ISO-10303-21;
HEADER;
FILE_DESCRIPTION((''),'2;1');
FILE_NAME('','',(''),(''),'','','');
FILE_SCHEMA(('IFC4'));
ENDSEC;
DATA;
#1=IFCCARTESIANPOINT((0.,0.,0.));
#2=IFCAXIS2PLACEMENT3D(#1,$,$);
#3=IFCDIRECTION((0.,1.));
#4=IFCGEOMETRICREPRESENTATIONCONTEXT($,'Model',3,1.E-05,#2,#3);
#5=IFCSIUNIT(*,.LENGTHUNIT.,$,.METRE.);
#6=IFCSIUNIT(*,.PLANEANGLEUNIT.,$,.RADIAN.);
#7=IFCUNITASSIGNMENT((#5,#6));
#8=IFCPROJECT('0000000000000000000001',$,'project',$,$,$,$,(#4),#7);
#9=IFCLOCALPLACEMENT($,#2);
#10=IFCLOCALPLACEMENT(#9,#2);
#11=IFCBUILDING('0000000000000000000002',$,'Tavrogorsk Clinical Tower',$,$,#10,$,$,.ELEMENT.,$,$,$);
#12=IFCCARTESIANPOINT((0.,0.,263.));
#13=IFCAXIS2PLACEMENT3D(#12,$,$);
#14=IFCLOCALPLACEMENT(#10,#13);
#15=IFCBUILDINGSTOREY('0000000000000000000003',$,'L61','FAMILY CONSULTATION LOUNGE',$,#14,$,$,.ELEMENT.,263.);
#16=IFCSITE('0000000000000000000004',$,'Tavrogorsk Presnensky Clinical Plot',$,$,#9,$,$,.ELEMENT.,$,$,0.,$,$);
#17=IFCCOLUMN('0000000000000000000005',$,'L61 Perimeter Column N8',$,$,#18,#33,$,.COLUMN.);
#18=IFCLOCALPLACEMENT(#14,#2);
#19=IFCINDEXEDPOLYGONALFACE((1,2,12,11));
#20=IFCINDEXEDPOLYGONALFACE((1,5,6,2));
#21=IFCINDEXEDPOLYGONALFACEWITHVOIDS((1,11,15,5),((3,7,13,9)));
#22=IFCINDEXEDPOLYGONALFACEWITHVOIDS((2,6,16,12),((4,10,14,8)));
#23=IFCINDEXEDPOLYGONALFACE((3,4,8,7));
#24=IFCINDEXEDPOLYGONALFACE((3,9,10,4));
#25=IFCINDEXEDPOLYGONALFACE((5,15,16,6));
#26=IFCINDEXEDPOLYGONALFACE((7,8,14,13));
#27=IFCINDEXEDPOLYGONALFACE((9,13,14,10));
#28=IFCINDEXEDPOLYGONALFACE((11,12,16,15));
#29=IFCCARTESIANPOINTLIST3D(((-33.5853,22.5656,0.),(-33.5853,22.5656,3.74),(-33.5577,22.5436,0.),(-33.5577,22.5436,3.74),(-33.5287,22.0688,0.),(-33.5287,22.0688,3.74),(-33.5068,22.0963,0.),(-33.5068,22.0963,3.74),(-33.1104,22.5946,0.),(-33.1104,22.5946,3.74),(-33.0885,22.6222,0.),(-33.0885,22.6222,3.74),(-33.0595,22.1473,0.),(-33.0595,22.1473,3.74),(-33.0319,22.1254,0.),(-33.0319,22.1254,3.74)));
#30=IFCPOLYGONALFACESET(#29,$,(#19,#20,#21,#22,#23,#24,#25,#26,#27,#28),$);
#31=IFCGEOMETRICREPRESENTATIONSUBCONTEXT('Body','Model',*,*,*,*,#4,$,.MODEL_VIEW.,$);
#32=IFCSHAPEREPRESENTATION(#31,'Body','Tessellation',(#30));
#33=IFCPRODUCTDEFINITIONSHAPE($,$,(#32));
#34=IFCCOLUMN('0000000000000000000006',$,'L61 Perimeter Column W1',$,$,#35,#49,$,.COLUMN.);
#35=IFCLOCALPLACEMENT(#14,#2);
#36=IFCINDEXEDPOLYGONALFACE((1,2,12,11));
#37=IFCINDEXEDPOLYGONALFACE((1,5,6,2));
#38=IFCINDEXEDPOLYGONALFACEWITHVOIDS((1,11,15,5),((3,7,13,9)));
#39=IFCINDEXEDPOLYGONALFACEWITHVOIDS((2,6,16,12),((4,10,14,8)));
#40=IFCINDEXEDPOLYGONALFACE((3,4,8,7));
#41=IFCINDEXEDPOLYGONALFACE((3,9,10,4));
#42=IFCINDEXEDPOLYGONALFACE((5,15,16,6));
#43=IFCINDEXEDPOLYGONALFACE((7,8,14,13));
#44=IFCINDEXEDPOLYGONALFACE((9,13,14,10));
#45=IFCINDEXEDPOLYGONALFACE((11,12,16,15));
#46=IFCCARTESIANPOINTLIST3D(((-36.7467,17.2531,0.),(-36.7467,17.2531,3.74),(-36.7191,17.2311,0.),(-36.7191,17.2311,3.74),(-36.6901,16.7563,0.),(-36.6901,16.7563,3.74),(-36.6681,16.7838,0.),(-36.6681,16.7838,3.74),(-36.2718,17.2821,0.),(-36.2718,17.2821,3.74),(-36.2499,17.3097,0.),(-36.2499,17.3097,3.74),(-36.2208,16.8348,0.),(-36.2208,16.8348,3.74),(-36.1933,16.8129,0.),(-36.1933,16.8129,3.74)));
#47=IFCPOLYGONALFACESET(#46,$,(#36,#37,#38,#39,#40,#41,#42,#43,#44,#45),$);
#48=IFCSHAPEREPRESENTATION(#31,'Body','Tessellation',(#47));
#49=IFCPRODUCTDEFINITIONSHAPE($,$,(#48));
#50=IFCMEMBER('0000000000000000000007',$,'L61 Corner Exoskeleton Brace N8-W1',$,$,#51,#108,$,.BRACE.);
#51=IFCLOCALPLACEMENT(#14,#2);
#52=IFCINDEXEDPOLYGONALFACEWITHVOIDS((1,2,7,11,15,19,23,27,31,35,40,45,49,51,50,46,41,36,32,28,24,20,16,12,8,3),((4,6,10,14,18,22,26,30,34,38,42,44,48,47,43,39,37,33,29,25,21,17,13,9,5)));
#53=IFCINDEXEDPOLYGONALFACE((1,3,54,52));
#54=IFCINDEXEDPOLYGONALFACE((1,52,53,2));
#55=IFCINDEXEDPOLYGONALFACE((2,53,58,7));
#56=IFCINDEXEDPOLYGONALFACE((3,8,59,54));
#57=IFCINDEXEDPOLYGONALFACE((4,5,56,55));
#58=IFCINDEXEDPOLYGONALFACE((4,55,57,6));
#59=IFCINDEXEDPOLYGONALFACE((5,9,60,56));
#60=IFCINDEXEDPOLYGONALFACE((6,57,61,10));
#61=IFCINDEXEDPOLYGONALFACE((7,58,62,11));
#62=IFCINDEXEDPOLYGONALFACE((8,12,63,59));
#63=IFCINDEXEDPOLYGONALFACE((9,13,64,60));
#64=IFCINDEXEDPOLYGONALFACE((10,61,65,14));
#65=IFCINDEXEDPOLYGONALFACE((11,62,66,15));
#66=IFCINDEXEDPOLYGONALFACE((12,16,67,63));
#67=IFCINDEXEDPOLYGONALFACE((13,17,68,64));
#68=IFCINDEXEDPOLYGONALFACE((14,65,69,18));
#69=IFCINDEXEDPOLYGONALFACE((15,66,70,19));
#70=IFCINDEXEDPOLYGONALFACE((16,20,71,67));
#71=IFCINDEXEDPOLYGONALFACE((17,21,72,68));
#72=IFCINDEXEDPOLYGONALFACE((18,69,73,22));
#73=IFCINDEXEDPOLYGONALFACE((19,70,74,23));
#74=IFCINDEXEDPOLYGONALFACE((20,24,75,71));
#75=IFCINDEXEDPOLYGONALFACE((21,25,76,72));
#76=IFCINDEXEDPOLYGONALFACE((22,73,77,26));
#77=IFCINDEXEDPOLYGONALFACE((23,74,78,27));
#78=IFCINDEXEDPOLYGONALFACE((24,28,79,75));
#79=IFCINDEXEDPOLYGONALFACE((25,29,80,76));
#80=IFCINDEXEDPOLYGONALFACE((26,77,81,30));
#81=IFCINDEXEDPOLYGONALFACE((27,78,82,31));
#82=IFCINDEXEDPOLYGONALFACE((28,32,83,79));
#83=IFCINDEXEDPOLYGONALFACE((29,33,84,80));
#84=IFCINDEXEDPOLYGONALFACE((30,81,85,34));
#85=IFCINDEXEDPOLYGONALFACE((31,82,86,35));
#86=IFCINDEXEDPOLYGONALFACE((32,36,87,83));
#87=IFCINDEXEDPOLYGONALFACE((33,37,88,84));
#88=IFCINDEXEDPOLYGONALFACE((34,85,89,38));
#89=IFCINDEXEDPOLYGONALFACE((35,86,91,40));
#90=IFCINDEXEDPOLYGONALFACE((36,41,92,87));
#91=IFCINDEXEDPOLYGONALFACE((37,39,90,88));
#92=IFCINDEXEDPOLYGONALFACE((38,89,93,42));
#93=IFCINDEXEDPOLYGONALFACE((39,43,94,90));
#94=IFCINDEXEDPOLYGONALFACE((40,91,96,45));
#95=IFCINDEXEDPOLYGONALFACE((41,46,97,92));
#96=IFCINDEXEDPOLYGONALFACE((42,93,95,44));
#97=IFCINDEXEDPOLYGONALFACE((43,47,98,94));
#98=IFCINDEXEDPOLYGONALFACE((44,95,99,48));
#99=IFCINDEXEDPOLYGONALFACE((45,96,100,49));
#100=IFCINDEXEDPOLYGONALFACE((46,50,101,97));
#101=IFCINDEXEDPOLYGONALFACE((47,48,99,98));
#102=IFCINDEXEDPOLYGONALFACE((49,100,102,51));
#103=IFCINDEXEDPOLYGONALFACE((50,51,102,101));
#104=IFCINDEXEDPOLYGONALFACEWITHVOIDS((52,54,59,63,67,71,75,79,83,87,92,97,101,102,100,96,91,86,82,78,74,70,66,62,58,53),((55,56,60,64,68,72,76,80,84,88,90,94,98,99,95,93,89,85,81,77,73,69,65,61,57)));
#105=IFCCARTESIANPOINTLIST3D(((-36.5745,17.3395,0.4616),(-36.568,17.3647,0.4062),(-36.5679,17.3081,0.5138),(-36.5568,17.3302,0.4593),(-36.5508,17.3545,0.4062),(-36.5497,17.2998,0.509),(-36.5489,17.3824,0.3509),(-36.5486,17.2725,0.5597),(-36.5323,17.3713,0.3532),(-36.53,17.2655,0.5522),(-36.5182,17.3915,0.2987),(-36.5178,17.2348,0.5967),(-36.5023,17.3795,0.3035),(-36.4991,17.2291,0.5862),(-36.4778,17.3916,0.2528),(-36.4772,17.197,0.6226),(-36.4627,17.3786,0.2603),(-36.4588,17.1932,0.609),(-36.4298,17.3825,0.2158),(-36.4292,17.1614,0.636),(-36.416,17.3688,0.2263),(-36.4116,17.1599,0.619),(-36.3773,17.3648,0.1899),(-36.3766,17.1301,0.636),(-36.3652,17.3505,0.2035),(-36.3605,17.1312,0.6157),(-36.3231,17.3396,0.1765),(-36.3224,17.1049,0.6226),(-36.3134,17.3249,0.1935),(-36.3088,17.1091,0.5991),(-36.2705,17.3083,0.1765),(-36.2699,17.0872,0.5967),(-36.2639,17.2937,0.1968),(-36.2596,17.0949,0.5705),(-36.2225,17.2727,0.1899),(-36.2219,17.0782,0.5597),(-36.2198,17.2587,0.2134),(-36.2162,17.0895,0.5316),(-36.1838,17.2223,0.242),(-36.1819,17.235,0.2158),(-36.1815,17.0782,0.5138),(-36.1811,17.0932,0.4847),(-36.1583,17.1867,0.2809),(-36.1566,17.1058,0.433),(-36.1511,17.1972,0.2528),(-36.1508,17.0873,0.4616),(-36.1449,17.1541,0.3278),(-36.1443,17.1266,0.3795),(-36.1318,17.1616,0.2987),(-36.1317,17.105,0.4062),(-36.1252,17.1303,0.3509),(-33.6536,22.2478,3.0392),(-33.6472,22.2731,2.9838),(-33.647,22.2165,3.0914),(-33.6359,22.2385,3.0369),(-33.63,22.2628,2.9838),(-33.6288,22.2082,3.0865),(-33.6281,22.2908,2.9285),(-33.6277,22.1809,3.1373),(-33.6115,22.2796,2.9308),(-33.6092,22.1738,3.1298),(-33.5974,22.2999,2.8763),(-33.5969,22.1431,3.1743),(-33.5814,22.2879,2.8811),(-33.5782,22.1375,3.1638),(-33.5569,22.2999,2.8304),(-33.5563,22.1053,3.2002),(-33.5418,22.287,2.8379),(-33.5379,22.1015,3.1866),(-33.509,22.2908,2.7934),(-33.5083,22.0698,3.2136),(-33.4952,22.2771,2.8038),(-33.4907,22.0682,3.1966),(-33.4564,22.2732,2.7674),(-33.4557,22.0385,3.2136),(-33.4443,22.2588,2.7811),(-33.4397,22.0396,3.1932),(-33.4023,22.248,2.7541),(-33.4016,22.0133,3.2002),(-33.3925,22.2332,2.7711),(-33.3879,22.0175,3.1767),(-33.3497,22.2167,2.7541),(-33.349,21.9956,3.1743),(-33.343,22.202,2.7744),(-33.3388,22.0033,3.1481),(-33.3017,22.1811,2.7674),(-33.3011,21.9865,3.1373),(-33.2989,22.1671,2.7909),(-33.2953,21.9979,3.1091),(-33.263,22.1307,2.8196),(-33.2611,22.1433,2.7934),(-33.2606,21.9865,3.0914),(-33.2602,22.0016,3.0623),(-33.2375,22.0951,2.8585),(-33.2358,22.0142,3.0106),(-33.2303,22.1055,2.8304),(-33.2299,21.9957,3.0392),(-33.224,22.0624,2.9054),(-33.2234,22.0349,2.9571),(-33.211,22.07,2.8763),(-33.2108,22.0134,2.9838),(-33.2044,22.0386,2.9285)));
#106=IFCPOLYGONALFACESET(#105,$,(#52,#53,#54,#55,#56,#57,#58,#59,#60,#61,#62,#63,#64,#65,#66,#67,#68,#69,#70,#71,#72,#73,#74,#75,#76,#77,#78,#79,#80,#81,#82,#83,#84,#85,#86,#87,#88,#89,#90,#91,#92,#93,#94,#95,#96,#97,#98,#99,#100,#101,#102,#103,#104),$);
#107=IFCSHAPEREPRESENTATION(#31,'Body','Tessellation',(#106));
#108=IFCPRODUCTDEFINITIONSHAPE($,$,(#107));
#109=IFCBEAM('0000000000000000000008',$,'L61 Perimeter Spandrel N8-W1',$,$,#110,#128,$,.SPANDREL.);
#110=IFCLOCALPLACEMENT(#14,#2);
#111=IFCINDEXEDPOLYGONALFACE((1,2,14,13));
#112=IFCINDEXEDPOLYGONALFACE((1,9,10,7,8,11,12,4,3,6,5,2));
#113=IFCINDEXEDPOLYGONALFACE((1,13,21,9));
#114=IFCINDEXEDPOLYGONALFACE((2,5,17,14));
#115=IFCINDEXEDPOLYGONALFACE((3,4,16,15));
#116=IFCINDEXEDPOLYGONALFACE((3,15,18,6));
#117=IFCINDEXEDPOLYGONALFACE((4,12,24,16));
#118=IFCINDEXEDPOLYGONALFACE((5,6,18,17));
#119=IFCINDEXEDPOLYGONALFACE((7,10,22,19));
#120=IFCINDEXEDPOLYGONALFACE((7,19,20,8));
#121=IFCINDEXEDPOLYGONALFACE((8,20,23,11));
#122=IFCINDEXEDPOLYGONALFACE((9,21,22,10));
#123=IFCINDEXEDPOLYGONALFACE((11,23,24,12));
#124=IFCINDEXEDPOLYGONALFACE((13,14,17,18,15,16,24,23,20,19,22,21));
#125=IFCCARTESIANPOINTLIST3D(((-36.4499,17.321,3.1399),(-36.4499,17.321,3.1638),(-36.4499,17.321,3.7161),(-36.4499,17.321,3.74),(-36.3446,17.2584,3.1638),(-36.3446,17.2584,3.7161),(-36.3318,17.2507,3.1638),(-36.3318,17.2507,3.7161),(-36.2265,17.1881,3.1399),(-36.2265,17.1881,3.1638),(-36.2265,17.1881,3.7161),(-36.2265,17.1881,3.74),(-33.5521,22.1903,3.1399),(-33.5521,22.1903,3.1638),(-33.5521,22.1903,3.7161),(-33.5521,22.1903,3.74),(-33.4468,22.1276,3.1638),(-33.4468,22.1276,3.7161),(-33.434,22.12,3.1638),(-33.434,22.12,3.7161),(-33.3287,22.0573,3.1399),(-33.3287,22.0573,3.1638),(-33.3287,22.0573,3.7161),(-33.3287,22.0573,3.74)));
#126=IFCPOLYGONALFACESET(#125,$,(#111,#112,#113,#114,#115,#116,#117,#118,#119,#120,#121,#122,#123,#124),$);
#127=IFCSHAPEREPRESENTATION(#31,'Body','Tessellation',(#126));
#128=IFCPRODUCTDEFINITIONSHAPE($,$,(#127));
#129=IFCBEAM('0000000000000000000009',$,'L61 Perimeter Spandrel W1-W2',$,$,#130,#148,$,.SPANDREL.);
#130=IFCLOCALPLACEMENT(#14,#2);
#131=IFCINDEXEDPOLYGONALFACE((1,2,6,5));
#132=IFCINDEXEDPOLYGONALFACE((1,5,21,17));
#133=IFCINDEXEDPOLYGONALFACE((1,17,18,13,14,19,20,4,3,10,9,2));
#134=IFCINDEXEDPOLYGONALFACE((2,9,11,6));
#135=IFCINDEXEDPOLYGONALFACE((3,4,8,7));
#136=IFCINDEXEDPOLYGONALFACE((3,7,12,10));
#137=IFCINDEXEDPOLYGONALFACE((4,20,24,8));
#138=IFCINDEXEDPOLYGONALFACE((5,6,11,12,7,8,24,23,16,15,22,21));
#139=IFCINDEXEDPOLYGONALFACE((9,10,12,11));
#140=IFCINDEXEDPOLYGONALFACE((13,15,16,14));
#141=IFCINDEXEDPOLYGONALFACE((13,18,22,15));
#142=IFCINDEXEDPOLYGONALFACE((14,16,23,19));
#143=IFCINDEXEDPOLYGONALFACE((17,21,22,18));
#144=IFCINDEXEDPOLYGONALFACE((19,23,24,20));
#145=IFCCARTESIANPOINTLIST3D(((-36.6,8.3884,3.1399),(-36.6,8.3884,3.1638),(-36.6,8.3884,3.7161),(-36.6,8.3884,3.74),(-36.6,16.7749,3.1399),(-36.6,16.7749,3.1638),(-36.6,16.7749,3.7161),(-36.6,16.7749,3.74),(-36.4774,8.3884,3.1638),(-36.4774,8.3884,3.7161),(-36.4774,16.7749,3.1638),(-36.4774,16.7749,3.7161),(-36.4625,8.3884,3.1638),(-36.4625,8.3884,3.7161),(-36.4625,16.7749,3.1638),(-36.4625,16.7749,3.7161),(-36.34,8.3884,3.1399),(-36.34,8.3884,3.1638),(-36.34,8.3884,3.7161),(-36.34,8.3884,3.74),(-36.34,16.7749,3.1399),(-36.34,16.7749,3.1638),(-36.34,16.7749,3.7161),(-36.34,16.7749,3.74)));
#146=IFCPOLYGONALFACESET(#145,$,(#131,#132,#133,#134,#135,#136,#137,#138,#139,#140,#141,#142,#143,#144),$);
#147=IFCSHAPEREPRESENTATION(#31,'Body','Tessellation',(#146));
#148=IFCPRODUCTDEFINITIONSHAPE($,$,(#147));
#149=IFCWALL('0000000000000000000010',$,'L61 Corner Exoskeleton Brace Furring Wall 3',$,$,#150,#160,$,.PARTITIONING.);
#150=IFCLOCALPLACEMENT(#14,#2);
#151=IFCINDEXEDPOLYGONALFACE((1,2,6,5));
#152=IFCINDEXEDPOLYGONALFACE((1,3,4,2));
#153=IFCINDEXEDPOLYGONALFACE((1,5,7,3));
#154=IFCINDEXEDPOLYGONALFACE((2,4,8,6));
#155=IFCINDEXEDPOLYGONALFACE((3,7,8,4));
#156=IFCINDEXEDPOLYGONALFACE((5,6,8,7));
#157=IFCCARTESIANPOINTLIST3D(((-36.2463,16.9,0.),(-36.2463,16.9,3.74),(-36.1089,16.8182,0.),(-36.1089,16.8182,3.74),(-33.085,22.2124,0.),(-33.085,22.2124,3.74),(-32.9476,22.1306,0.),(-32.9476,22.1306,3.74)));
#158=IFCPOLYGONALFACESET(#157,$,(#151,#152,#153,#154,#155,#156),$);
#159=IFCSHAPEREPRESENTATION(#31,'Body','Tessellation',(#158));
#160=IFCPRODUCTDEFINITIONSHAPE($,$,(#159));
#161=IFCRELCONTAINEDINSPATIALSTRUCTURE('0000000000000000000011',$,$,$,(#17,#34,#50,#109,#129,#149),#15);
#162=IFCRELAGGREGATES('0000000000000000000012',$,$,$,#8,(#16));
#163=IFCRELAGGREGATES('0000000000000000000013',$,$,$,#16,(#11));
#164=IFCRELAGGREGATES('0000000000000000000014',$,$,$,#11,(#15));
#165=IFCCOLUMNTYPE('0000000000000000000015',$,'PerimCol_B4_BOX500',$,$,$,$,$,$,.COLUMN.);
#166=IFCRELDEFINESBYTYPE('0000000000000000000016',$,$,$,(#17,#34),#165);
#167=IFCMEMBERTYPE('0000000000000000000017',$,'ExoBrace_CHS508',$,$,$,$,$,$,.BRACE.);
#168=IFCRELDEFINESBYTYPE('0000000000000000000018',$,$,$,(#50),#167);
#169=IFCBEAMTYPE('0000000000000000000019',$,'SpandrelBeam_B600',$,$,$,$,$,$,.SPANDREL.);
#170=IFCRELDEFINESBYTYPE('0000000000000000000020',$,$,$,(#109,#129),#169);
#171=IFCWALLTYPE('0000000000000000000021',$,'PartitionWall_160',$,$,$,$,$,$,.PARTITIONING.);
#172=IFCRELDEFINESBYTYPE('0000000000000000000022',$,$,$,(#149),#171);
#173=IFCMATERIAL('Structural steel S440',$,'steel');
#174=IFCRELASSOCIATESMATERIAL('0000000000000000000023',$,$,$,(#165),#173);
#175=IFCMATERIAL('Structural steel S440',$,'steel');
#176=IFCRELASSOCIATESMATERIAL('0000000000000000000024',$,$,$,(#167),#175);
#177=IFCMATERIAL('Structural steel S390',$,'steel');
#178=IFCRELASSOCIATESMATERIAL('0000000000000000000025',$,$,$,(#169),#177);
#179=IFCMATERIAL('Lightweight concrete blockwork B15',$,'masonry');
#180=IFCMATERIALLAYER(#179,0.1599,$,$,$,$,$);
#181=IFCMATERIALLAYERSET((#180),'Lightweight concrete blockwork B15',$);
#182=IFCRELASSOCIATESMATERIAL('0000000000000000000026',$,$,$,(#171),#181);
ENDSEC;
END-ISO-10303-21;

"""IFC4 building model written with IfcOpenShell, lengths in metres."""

from ifc_helpers import new_model, si_unit, direction, frame, frame_2d, origin, origin_2d, place, context, subcontext, project, spatial, rectangle, hollow_rectangle, hollow_circle, i_section, extrude, material, layer, layer_set, material_profile, profile_set, type_object, element, save


model = new_model("IFC4")

# Units and contexts
model_context = context("Model", 3, precision=1e-05, world=origin(), true_north=direction((0.0, 1.0)))
body_context = subcontext(model_context, "Body", "Model", "MODEL_VIEW")
ifc_project = project(units=[si_unit("LENGTHUNIT", "METRE"), si_unit("PLANEANGLEUNIT", "RADIAN")], contexts=[model_context])

# Site, building, storey
site_placement = place(None, origin())
site = spatial("IfcSite", under=ifc_project, at=site_placement, Name="Tavrogorsk Presnensky Clinical Plot", CompositionType="ELEMENT", RefElevation=0.0)
building_placement = place(site_placement, origin())
building = spatial("IfcBuilding", under=site, at=building_placement, Name="Tavrogorsk Clinical Tower", CompositionType="ELEMENT")
storey_placement = place(building_placement, frame((0.0, 0.0, 263.0)))
storey = spatial("IfcBuildingStorey", under=building, at=storey_placement, Name="L61", Description="FAMILY CONSULTATION LOUNGE", CompositionType="ELEMENT", Elevation=263.0)

# Columns
ifc_material_1 = material(Name="Structural steel S440", Category="steel")
ifc_material_profile_1 = material_profile(ifc_material_1, hollow_rectangle(XDim=0.5, YDim=0.5, WallThickness=0.0249, at=origin_2d()), Name="BOX-500x500x25")
ifc_profile_set_1 = profile_set([ifc_material_profile_1], Name="Structural steel S440")
column_type = type_object("IfcColumnType", Name="PerimCol_B4_BOX500", PredefinedType="COLUMN", material=ifc_profile_set_1)
for number, where, z_axis, x_axis, name in (
    (1, (-33.3086, 22.3455, 0.0), (0.0, 0.0, 1.0), (0.993572, 0.113203, 0.0), "L61 Perimeter Column N8"),
    (2, (-36.47, 17.033, 0.0), (0.0, 0.0, 1.0), (0.993572, 0.113203, 0.0), "L61 Perimeter Column W1"),
):
    element("IfcColumn", number, at=place(storey_placement, frame(where, z_axis=z_axis, x_axis=x_axis)), inside=storey, type_object=column_type, Name=name, PredefinedType="COLUMN", context=body_context, shape_type="SweptSolid", body=[
        extrude(hollow_rectangle(XDim=0.5, YDim=0.5, WallThickness=0.0249, at=origin_2d()), origin(), (0.0, 0.0, 1.0), 3.74),
    ])

# Member
ifc_material_2 = material(Name="Structural steel S440", Category="steel")
ifc_material_profile_2 = material_profile(ifc_material_2, hollow_circle(Radius=0.2539, WallThickness=0.02, at=origin_2d()), Name="CHS-508x20")
ifc_profile_set_2 = profile_set([ifc_material_profile_2], Name="Structural steel S440")
member_type = type_object("IfcMemberType", Name="ExoBrace_CHS508", PredefinedType="BRACE", material=ifc_profile_set_2)
member_placement = place(storey_placement, frame((-36.3499, 17.2349, 0.4062), z_axis=(0.466115, 0.783287, 0.411338), x_axis=(-0.859354, 0.511381, 0.0)))
element("IfcMember", 3, at=member_placement, inside=storey, type_object=member_type, Name="L61 Corner Exoskeleton Brace N8-W1", PredefinedType="BRACE", context=body_context, shape_type="SweptSolid", body=[
    extrude(hollow_circle(Radius=0.2539, WallThickness=0.02, at=origin_2d()), origin(), (0.0, 0.0, 1.0), 6.2664),
])

# Beams
ifc_material_3 = material(Name="Structural steel S390", Category="steel")
ifc_material_profile_3 = material_profile(ifc_material_3, i_section(OverallWidth=0.26, OverallDepth=0.6001, WebThickness=0.0149, FlangeThickness=0.0239, at=origin_2d()), Name="B-600x260x15x24")
ifc_profile_set_3 = profile_set([ifc_material_profile_3], Name="Structural steel S390")
beam_type = type_object("IfcBeamType", Name="SpandrelBeam_B600", PredefinedType="SPANDREL", material=ifc_profile_set_3)
beam_1_placement = place(storey_placement, frame((-33.4404, 22.1238, 3.4399), z_axis=(-0.511407, -0.859339, 0.0), x_axis=(0.859339, -0.511407, 0.0)))
element("IfcBeam", 4, at=beam_1_placement, inside=storey, type_object=beam_type, Name="L61 Perimeter Spandrel N8-W1", PredefinedType="SPANDREL", context=body_context, shape_type="SweptSolid", body=[
    extrude(i_section(OverallWidth=0.26, OverallDepth=0.6001, WebThickness=0.0149, FlangeThickness=0.0239, at=origin_2d()), origin(), (0.0, 0.0, 1.0), 5.6663),
])
beam_2_placement = place(storey_placement, frame((-36.47, 16.7749, 3.4399), z_axis=(0.0, -1.0, 0.0), x_axis=(1.0, 0.0, 0.0)))
element("IfcBeam", 5, at=beam_2_placement, inside=storey, type_object=beam_type, Name="L61 Perimeter Spandrel W1-W2", PredefinedType="SPANDREL", context=body_context, shape_type="SweptSolid", body=[
    extrude(i_section(OverallWidth=0.26, OverallDepth=0.6001, WebThickness=0.0149, FlangeThickness=0.0239, at=origin_2d()), origin(), (0.0, 0.0, 1.0), 8.3865),
])

# Wall
ifc_material_4 = material(Name="Lightweight concrete blockwork B15", Category="masonry")
ifc_layer_1 = layer(ifc_material_4, 0.1599)
ifc_layer_set_1 = layer_set([ifc_layer_1], Name="Lightweight concrete blockwork B15")
wall_type_1 = type_object("IfcWallType", Name="PartitionWall_160", PredefinedType="PARTITIONING", material=ifc_layer_set_1)
wall_1_placement = place(storey_placement, frame((-33.0164, 22.1714, 0.0), z_axis=(0.0, 0.0, 1.0), x_axis=(-0.511385, -0.859352, 0.0)))
element("IfcWall", 6, at=wall_1_placement, inside=storey, type_object=wall_type_1, Name="L61 Corner Exoskeleton Brace Furring Wall 3", PredefinedType="PARTITIONING", context=body_context, shape_type="SweptSolid", body=[
    extrude(rectangle(XDim=6.1819, YDim=0.1599, at=frame_2d((3.0908, 0.0))), origin(), (0.0, 0.0, 1.0), 3.74),
])

save(model, "model.ifc")
